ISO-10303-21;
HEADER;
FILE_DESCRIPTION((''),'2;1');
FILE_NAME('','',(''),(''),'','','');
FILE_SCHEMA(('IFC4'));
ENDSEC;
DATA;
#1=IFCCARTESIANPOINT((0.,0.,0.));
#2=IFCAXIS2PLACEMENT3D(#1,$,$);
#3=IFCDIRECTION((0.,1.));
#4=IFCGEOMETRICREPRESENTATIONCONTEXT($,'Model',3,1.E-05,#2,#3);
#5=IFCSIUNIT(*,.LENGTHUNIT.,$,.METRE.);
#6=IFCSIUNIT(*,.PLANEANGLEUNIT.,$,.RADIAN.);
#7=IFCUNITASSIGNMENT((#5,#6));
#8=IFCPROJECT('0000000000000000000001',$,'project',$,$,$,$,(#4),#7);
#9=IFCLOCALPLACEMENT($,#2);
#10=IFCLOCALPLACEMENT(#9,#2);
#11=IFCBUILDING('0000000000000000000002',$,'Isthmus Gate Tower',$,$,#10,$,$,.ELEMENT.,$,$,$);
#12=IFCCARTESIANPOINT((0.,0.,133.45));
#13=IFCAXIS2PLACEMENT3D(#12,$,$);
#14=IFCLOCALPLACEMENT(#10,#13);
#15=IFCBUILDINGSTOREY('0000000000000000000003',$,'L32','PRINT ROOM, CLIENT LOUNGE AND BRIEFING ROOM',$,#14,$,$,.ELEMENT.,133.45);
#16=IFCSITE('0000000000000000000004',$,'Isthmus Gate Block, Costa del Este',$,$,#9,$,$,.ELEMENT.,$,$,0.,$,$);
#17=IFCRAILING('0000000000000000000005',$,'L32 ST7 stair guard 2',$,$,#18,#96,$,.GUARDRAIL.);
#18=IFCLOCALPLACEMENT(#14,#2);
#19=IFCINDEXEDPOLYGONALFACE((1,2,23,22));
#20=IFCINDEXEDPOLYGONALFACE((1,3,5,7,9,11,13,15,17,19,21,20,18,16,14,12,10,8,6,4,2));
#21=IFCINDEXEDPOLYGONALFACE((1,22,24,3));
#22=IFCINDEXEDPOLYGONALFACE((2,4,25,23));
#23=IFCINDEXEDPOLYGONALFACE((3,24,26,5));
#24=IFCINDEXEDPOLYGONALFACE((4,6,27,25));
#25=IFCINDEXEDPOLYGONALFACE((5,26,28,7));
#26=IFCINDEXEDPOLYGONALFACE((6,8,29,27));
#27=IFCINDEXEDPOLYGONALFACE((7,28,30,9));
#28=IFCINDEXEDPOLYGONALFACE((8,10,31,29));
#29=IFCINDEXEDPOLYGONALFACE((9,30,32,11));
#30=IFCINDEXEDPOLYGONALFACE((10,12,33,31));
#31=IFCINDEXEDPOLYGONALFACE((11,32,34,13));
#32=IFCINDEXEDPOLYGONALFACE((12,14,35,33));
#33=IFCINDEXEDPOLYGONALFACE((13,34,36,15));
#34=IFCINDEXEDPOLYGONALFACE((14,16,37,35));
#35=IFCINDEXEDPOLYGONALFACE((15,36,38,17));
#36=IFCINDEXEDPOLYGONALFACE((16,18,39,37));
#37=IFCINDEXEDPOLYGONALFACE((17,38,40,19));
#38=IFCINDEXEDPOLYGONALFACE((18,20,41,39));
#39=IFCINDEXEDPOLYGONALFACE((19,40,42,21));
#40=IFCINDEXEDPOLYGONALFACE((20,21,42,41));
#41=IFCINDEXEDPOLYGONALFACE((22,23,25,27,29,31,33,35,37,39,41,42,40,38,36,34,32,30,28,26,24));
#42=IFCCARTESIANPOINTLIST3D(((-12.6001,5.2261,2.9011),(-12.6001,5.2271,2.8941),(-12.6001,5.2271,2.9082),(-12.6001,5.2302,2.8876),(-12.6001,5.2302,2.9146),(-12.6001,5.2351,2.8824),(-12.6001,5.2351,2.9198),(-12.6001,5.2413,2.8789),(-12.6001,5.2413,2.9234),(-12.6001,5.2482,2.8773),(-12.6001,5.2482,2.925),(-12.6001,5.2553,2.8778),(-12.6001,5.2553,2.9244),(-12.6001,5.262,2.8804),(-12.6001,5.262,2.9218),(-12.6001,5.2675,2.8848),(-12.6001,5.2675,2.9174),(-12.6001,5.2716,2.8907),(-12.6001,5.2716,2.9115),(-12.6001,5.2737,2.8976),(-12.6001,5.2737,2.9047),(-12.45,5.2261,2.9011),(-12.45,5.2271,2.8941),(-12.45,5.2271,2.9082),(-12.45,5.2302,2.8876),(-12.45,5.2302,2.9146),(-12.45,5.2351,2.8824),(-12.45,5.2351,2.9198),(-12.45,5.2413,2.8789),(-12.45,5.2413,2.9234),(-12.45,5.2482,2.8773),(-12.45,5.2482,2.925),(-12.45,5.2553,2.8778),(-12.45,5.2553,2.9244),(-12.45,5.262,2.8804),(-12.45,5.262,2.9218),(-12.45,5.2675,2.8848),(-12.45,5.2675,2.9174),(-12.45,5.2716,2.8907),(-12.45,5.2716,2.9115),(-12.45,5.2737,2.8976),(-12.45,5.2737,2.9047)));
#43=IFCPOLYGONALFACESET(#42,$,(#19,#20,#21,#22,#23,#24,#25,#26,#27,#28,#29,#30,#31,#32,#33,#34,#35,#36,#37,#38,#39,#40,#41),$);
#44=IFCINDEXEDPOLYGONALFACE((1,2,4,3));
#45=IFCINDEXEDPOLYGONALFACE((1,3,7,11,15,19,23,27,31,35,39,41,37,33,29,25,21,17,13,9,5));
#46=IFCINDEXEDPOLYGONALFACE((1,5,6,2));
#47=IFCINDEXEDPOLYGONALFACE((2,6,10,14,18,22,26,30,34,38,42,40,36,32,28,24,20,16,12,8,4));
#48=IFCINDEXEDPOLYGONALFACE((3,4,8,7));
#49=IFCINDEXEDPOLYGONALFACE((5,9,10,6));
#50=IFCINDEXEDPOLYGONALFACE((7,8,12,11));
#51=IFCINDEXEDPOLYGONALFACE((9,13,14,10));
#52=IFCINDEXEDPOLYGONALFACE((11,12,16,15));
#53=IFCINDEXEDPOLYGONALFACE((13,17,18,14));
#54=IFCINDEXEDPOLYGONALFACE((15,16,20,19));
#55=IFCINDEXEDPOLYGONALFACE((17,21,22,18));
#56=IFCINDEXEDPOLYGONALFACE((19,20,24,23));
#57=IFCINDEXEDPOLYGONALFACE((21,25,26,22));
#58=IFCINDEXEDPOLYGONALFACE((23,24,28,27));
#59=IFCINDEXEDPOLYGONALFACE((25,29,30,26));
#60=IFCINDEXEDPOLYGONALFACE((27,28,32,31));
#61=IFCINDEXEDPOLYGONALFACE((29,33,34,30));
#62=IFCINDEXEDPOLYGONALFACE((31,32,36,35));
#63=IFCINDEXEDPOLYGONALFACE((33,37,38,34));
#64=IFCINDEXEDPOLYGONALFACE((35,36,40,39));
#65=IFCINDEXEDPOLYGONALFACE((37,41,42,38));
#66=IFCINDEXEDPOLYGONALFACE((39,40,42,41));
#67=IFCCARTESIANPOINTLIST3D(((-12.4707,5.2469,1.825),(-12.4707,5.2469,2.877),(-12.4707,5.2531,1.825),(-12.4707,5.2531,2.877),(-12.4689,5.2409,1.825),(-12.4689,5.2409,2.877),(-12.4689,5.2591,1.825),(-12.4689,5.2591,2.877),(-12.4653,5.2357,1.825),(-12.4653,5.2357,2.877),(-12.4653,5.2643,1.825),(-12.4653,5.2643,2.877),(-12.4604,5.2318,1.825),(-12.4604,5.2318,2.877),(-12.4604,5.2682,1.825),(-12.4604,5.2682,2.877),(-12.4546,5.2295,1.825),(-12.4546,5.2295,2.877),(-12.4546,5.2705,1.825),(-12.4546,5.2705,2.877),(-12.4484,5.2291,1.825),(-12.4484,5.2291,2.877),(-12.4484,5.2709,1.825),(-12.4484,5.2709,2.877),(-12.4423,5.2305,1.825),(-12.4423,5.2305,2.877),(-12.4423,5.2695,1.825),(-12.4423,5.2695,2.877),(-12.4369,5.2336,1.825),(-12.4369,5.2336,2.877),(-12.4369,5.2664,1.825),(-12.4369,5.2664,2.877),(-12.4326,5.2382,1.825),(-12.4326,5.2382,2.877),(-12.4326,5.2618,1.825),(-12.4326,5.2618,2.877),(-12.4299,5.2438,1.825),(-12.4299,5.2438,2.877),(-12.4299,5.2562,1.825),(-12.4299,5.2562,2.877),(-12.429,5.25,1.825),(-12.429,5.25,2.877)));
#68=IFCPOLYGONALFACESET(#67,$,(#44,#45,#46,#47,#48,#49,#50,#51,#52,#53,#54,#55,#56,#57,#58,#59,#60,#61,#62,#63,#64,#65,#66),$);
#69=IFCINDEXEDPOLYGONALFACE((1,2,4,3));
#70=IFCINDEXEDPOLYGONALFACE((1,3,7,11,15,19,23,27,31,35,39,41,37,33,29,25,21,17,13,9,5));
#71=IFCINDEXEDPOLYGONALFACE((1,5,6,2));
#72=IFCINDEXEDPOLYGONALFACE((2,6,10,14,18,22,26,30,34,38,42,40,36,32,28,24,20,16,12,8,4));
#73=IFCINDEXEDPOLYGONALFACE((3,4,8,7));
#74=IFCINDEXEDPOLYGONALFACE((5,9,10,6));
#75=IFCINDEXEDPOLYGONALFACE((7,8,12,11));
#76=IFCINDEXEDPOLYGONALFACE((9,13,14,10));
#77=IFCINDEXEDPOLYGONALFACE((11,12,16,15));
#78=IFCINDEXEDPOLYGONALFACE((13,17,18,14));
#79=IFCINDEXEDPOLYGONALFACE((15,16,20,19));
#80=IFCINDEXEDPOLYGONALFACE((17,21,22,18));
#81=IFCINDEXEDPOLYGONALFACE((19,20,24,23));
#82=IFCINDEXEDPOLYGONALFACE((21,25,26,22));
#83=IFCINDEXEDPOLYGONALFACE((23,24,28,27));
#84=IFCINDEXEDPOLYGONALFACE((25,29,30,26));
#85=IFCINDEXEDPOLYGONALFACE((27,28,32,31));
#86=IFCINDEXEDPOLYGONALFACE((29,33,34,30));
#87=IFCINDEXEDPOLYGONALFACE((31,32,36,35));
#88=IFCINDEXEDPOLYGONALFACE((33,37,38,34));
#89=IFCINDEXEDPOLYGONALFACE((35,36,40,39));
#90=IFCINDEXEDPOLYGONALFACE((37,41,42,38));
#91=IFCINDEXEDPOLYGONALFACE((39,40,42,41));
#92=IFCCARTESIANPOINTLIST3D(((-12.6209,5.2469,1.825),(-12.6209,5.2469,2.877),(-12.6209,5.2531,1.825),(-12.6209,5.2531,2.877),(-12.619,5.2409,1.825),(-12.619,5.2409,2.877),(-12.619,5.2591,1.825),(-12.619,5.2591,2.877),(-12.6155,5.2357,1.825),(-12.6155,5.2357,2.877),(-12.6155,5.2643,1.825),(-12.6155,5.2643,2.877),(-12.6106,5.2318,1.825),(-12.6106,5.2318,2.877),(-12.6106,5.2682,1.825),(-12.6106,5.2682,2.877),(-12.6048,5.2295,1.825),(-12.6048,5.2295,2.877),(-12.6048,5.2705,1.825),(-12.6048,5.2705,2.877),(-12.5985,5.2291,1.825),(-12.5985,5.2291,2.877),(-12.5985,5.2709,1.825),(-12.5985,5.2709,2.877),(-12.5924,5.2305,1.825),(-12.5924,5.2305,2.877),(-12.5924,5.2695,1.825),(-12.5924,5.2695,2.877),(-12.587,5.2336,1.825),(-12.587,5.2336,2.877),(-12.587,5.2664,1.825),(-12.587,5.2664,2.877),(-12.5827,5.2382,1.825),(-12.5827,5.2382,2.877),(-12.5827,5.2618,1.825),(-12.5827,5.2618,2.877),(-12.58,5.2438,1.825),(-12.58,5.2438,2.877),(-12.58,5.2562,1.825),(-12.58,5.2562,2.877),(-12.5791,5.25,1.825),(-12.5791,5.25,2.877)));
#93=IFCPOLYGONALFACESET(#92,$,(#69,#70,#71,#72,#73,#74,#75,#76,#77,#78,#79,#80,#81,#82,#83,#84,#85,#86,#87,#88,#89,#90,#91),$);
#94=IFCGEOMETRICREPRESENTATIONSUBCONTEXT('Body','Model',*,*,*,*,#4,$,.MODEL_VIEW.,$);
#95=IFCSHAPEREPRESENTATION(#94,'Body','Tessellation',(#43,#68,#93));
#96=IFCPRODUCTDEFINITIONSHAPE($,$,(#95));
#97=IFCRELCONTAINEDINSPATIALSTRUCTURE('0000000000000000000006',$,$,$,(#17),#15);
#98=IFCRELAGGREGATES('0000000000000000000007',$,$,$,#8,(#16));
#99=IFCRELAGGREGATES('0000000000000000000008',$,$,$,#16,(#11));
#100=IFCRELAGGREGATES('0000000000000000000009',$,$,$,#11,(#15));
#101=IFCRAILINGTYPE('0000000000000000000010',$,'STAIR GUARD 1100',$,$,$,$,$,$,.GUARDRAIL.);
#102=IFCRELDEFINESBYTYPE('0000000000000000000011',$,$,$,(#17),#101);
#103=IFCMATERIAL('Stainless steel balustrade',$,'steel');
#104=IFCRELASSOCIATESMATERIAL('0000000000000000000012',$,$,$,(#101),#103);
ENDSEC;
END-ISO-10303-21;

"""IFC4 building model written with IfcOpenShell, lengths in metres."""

from ifc_helpers import new_model, si_unit, direction, frame, origin, origin_2d, place, context, subcontext, project, spatial, circle, extrude, material, type_object, element, save


model = new_model("IFC4")

# Units and contexts
model_context = context("Model", 3, precision=1e-05, world=origin(), true_north=direction((0.0, 1.0)))
body_context = subcontext(model_context, "Body", "Model", "MODEL_VIEW")
ifc_project = project(units=[si_unit("LENGTHUNIT", "METRE"), si_unit("PLANEANGLEUNIT", "RADIAN")], contexts=[model_context])

# Site, building, storey
site_placement = place(None, origin())
site = spatial("IfcSite", under=ifc_project, at=site_placement, Name="Isthmus Gate Block, Costa del Este", CompositionType="ELEMENT", RefElevation=0.0)
building_placement = place(site_placement, origin())
building = spatial("IfcBuilding", under=site, at=building_placement, Name="Isthmus Gate Tower", CompositionType="ELEMENT")
storey_placement = place(building_placement, frame((0.0, 0.0, 133.45)))
storey = spatial("IfcBuildingStorey", under=building, at=storey_placement, Name="L32", Description="PRINT ROOM, CLIENT LOUNGE AND BRIEFING ROOM", CompositionType="ELEMENT", Elevation=133.45)

# Railing
ifc_material_1 = material(Name="Stainless steel balustrade", Category="steel")
railing_type_1 = type_object("IfcRailingType", Name="STAIR GUARD 1100", PredefinedType="GUARDRAIL", material=ifc_material_1)
railing_1_placement = place(storey_placement, frame((-12.45, 5.25, 1.825)))
element("IfcRailing", 1, at=railing_1_placement, inside=storey, type_object=railing_type_1, Name="L32 ST7 stair guard 2", PredefinedType="GUARDRAIL", context=body_context, shape_type="SweptSolid", body=[
    extrude(circle(Radius=0.0239, at=origin_2d()), frame((0.0, 0.0, 1.0762), z_axis=(-1.0, 0.0, 0.0), x_axis=(0.0, -1.0, 0.0)), (0.0, 0.0, 1.0), 0.1501),
    extrude(circle(Radius=0.021, at=origin_2d()), origin(), (0.0, 0.0, 1.0), 1.052),
    extrude(circle(Radius=0.021, at=origin_2d()), frame((-0.1501, 0.0, 0.0)), (0.0, 0.0, 1.0), 1.052),
])

save(model, "model.ifc")
